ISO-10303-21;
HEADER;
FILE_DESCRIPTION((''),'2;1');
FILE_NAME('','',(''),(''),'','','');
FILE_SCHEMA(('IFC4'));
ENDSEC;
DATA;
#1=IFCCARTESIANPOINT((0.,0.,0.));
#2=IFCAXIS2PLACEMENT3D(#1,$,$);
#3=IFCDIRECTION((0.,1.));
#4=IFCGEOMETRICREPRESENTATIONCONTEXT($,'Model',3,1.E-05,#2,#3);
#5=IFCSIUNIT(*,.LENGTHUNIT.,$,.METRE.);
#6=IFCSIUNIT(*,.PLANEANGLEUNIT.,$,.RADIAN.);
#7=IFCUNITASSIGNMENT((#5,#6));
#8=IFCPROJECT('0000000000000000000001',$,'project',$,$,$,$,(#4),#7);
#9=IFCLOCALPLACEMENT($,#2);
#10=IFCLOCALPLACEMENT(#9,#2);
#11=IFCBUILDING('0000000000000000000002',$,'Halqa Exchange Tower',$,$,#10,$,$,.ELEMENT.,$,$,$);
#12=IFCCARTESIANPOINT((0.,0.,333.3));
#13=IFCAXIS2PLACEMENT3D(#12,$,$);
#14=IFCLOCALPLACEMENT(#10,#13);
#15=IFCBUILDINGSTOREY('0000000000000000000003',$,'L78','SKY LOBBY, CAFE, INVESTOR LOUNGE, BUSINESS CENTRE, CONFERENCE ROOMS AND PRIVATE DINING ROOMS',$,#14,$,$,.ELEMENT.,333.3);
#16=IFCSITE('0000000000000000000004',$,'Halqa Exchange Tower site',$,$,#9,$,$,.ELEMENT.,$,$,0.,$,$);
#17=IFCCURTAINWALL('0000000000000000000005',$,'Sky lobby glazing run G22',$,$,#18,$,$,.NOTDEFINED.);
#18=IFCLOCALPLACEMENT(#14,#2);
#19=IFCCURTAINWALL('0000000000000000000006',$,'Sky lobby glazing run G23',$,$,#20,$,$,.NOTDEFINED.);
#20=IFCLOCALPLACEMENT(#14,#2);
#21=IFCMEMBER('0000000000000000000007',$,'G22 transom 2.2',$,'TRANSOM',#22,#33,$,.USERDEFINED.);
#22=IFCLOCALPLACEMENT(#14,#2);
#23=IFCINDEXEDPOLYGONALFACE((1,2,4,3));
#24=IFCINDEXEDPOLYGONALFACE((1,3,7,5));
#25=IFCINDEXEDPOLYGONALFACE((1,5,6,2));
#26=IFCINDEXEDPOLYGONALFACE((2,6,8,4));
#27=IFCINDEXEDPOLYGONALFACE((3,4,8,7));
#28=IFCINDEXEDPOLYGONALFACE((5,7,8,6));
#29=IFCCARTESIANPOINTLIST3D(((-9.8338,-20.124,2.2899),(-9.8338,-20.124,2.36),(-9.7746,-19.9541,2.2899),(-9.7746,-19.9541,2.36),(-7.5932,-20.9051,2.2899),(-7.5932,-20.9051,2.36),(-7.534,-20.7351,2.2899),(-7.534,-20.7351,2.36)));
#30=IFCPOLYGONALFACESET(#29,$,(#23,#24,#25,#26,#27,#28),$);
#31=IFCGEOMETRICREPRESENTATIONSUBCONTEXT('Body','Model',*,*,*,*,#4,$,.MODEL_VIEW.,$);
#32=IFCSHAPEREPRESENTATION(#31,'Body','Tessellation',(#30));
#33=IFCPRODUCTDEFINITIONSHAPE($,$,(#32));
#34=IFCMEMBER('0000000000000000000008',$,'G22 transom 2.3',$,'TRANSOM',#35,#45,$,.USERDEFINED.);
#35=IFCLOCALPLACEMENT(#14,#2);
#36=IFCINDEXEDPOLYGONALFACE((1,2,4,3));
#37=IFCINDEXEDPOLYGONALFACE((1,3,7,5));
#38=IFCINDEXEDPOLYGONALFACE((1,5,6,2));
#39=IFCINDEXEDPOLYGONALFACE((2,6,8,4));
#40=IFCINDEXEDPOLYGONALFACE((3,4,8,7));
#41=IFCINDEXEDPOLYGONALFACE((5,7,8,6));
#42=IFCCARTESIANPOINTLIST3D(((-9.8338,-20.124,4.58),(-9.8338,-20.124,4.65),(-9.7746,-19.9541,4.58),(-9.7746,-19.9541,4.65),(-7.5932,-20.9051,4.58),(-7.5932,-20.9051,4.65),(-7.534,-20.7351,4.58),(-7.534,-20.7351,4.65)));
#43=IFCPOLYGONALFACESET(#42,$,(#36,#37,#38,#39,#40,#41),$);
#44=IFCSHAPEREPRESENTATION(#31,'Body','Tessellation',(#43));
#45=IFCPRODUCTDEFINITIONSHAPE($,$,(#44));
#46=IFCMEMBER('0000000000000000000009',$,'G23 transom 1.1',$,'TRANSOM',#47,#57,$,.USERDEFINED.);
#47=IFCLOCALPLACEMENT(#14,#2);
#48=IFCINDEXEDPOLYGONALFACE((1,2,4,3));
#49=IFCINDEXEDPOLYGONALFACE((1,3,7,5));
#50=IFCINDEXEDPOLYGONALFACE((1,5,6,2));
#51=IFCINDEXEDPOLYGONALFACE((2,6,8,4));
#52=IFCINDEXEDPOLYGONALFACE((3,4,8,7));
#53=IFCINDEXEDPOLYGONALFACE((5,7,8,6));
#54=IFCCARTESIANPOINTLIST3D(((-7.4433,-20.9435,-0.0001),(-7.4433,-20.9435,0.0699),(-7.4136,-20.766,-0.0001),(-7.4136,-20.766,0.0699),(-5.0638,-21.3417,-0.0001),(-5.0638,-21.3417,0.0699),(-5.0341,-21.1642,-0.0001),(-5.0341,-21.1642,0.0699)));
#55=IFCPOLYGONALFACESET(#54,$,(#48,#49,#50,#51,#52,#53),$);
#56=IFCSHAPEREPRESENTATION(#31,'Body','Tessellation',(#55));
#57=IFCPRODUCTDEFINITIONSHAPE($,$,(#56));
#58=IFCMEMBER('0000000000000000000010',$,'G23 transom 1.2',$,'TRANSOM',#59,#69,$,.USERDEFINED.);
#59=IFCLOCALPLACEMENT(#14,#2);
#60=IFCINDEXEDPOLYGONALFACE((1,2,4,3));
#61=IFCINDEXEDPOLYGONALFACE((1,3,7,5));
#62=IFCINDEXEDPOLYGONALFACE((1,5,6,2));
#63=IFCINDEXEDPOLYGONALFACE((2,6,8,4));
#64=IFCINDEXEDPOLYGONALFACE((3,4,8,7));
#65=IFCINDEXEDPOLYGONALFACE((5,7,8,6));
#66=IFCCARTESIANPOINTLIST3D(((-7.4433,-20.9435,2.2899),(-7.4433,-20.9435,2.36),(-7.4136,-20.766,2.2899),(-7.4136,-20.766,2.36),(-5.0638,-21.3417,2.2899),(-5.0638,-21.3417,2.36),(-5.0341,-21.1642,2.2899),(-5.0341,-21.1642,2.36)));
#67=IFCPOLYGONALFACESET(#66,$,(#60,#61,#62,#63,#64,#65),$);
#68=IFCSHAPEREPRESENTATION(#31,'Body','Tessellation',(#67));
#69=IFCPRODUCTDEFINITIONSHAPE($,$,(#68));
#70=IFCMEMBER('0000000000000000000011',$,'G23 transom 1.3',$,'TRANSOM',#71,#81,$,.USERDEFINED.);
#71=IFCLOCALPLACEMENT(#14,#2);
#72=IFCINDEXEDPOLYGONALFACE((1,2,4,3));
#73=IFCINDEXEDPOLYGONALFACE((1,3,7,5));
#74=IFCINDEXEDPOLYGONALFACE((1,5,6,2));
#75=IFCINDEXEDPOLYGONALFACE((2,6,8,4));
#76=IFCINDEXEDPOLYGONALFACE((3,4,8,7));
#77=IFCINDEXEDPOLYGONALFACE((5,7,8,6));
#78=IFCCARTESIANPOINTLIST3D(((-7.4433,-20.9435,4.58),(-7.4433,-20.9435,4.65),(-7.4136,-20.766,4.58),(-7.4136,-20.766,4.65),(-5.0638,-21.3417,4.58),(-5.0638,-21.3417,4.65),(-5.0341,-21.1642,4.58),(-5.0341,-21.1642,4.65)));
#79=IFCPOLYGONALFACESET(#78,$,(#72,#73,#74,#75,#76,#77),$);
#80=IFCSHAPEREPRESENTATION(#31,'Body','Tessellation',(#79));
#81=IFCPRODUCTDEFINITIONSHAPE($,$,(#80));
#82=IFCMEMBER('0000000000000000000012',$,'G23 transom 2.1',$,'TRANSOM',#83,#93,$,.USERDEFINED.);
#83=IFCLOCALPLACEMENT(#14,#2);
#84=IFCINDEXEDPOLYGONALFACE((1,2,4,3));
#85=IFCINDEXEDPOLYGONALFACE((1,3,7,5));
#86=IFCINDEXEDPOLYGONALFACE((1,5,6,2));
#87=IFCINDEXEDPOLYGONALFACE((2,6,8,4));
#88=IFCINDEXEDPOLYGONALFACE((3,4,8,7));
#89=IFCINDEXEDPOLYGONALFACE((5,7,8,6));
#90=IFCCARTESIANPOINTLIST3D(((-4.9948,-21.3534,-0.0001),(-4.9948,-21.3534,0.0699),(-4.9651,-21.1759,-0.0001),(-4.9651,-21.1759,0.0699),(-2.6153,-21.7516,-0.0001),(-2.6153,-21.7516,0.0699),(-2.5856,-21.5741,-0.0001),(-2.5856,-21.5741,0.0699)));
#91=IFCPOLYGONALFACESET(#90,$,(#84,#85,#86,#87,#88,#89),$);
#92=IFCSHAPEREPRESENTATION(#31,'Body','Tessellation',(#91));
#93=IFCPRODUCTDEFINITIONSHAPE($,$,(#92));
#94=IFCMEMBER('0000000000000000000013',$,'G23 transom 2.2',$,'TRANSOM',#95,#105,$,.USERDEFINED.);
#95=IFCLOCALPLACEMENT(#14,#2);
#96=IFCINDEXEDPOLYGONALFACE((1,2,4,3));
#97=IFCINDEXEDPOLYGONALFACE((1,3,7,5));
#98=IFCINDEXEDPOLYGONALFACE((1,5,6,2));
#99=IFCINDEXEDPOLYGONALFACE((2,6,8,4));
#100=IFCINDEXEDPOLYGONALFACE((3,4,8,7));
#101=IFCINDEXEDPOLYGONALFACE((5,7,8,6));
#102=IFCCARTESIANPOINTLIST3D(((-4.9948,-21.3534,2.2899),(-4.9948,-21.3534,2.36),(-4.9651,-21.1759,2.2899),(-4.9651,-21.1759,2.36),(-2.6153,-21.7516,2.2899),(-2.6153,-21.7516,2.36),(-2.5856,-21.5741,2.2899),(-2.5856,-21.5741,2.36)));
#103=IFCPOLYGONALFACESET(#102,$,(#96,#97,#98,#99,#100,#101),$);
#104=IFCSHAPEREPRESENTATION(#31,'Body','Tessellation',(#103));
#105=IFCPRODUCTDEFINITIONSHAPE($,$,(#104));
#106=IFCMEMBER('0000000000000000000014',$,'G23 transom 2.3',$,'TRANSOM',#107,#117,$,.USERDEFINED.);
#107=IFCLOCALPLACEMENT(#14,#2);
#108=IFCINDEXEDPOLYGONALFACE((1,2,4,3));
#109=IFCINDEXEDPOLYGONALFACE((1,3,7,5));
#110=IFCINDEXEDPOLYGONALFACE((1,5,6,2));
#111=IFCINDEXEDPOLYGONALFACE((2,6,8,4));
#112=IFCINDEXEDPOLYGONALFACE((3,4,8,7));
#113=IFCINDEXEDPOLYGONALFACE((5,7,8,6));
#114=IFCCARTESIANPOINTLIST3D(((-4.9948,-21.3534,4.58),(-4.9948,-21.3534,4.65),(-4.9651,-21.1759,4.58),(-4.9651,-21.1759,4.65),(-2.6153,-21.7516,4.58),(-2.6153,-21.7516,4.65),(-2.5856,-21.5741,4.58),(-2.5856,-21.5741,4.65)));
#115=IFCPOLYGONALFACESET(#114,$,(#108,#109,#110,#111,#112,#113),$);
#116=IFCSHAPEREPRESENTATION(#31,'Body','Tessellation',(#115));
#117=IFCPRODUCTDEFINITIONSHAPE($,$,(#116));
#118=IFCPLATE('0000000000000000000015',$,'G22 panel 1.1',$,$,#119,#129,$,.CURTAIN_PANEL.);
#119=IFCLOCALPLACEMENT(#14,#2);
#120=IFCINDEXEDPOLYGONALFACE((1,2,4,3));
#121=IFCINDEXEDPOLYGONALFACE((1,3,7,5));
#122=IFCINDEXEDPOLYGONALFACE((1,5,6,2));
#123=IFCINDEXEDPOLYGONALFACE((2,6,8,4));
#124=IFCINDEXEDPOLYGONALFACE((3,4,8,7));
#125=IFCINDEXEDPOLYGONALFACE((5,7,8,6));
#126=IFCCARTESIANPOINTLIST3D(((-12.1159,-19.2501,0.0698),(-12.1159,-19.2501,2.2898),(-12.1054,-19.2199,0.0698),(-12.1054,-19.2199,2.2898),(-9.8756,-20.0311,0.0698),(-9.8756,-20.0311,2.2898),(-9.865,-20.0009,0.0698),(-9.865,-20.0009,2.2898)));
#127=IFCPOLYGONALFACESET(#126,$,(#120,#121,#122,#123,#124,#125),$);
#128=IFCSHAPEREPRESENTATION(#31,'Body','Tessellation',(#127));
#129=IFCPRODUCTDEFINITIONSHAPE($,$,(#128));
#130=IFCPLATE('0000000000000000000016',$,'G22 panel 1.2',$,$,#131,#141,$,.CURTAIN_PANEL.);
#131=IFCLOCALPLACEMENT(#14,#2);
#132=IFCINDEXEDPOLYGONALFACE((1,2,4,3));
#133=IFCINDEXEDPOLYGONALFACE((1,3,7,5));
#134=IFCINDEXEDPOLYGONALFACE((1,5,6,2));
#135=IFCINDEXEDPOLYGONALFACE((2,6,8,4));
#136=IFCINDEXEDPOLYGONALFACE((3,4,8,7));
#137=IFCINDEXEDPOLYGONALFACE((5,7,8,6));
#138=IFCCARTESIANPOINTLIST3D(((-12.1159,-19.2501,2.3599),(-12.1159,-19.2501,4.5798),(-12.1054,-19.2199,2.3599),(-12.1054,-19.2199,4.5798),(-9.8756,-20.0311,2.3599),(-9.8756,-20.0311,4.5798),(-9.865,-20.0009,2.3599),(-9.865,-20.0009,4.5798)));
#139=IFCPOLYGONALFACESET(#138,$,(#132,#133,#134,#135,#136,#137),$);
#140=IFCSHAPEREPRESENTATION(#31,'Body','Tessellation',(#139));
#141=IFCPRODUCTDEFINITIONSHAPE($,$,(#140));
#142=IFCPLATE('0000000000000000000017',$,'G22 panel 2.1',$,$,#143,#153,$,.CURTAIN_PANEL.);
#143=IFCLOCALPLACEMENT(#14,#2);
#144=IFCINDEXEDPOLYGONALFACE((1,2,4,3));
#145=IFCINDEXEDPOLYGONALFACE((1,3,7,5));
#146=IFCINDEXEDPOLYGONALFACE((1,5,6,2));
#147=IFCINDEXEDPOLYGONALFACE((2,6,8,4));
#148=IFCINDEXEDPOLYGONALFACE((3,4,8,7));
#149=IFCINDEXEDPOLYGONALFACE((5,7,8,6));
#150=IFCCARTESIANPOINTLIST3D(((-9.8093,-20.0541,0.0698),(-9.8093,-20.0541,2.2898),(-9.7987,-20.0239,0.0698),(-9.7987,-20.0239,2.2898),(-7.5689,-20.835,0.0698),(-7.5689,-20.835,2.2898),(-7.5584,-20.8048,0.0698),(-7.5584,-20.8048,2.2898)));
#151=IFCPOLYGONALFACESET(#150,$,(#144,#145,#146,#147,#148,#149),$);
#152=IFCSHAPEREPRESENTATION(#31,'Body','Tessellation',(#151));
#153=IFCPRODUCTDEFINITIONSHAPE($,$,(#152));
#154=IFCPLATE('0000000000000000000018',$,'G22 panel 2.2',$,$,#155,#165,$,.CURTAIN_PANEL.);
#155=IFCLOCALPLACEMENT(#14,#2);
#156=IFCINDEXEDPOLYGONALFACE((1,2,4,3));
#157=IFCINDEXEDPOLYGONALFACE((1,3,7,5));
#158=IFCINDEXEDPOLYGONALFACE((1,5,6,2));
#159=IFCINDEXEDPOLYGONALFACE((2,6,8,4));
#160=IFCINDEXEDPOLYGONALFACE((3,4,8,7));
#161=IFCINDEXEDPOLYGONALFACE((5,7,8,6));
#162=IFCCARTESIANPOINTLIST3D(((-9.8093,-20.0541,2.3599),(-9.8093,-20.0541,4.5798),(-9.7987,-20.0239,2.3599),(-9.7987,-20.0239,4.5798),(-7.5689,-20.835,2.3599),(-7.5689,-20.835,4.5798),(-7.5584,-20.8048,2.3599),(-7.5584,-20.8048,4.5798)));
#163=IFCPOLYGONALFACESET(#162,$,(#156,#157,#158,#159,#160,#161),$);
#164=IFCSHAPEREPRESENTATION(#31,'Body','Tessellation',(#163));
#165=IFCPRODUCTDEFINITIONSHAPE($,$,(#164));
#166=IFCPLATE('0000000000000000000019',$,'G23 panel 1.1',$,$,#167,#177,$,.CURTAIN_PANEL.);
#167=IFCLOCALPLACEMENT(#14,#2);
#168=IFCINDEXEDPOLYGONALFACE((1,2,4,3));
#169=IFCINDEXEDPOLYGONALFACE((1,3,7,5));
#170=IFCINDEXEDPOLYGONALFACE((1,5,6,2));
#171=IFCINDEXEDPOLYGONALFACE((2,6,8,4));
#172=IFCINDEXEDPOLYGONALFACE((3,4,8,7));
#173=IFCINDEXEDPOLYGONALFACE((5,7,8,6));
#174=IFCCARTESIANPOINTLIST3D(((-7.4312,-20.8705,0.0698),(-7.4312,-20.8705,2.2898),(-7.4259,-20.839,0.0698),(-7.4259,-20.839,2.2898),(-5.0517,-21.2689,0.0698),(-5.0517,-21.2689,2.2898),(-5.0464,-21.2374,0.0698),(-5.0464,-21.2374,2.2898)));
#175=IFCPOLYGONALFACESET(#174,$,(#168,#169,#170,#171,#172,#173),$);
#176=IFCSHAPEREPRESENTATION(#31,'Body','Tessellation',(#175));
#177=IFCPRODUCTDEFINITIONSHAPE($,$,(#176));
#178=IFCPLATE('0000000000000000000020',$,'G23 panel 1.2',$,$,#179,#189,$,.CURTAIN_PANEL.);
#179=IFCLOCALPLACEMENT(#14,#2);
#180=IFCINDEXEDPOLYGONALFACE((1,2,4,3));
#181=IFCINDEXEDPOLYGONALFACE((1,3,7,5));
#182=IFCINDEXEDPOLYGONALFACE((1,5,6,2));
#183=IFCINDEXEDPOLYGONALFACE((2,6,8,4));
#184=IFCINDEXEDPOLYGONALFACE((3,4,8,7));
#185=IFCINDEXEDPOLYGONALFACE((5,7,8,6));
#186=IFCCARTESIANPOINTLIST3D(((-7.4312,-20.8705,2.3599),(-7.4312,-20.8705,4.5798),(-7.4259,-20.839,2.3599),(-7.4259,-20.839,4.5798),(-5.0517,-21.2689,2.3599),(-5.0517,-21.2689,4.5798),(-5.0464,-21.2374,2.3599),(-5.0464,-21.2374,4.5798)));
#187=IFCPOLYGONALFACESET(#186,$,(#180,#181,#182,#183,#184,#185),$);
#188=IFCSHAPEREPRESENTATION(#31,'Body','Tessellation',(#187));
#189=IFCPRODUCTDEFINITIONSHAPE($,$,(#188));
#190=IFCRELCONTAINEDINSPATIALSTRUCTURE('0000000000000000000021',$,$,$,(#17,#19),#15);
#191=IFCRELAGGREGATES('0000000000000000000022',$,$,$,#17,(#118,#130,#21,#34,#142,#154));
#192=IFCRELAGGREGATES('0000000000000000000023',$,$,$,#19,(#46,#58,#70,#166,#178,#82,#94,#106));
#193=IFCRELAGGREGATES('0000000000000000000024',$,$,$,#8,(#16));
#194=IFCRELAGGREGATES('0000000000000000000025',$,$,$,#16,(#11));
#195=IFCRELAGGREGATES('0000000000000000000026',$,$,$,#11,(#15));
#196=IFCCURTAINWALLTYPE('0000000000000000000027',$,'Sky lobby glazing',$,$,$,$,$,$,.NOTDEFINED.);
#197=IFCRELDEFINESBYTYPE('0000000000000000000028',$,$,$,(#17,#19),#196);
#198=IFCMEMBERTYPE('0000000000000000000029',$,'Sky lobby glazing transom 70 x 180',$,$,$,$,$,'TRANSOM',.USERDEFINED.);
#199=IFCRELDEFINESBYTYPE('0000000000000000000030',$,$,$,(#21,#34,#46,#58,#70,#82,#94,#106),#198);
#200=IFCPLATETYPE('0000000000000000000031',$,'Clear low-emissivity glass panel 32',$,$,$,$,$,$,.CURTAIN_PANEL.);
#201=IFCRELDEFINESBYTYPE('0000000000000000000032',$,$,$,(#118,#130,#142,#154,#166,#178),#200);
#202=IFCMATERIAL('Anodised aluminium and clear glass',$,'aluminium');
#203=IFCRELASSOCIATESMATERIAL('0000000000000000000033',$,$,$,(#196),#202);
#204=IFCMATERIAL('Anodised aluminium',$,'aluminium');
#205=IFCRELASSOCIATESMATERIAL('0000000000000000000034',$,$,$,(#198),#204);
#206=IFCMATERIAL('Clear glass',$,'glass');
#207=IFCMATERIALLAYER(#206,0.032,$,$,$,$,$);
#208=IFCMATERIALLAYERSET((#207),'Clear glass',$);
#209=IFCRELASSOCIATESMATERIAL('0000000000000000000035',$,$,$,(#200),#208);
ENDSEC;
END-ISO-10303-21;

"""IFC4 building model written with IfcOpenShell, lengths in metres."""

from ifc_helpers import new_model, si_unit, direction, frame, origin, origin_2d, place, context, subcontext, project, spatial, rectangle, extrude, material, layer, layer_set, material_profile, profile_set, type_object, element, aggregate, save


model = new_model("IFC4")

# Units and contexts
model_context = context("Model", 3, precision=1e-05, world=origin(), true_north=direction((0.0, 1.0)))
body_context = subcontext(model_context, "Body", "Model", "MODEL_VIEW")
ifc_project = project(units=[si_unit("LENGTHUNIT", "METRE"), si_unit("PLANEANGLEUNIT", "RADIAN")], contexts=[model_context])

# Site, building, storey
site_placement = place(None, origin())
site = spatial("IfcSite", under=ifc_project, at=site_placement, Name="Halqa Exchange Tower site", CompositionType="ELEMENT", RefElevation=0.0)
building_placement = place(site_placement, origin())
building = spatial("IfcBuilding", under=site, at=building_placement, Name="Halqa Exchange Tower", CompositionType="ELEMENT")
storey_placement = place(building_placement, frame((0.0, 0.0, 333.3)))
storey = spatial("IfcBuildingStorey", under=building, at=storey_placement, Name="L78", Description="SKY LOBBY, CAFE, INVESTOR LOUNGE, BUSINESS CENTRE, CONFERENCE ROOMS AND PRIVATE DINING ROOMS", CompositionType="ELEMENT", Elevation=333.3)

# Curtain walls
ifc_material_1 = material(Name="Anodised aluminium and clear glass", Category="aluminium")
curtain_wall_type = type_object("IfcCurtainWallType", Name="Sky lobby glazing", PredefinedType="NOTDEFINED", material=ifc_material_1)
curtain_wall_1_placement = place(storey_placement, origin())
curtain_wall_1 = element("IfcCurtainWall", 1, at=curtain_wall_1_placement, inside=storey, type_object=curtain_wall_type, Name="Sky lobby glazing run G22", PredefinedType="NOTDEFINED")
ifc_material_2 = material(Name="Anodised aluminium", Category="aluminium")
curtain_wall_2_placement = place(storey_placement, origin())
curtain_wall_2 = element("IfcCurtainWall", 2, at=curtain_wall_2_placement, inside=storey, type_object=curtain_wall_type, Name="Sky lobby glazing run G23", PredefinedType="NOTDEFINED")

# Members
ifc_material_profile_1 = material_profile(ifc_material_2, rectangle(XDim=0.1799, YDim=0.0701, at=origin_2d()), Name="AL 70x180")
ifc_profile_set_1 = profile_set([ifc_material_profile_1], Name="Anodised aluminium")
member_type_1 = type_object("IfcMemberType", Name="Sky lobby glazing transom 70 x 180", ElementType="TRANSOM", PredefinedType="USERDEFINED", material=ifc_profile_set_1)
member_1_placement = place(storey_placement, frame((-9.8042, -20.0391, 2.325), z_axis=(0.944273, -0.329163, 0.0), x_axis=(0.329163, 0.944273, 0.0)))
member_1 = element("IfcMember", 3, at=member_1_placement, type_object=member_type_1, Name="G22 transom 2.2", ObjectType="TRANSOM", PredefinedType="USERDEFINED", context=body_context, shape_type="SweptSolid", body=[
    extrude(rectangle(XDim=0.1799, YDim=0.0701, at=origin_2d()), origin(), (0.0, 0.0, 1.0), 2.3728),
])
member_2_placement = place(storey_placement, frame((-9.8042, -20.0391, 4.615), z_axis=(0.944273, -0.329163, 0.0), x_axis=(0.329163, 0.944273, 0.0)))
member_2 = element("IfcMember", 4, at=member_2_placement, type_object=member_type_1, Name="G22 transom 2.3", ObjectType="TRANSOM", PredefinedType="USERDEFINED", context=body_context, shape_type="SweptSolid", body=[
    extrude(rectangle(XDim=0.1799, YDim=0.0701, at=origin_2d()), origin(), (0.0, 0.0, 1.0), 2.3728),
])
member_3_placement = place(storey_placement, frame((-7.4285, -20.8547, 0.0349), z_axis=(0.986284, -0.165055, 0.0), x_axis=(0.165055, 0.986284, 0.0)))
member_3 = element("IfcMember", 5, at=member_3_placement, type_object=member_type_1, Name="G23 transom 1.1", ObjectType="TRANSOM", PredefinedType="USERDEFINED", context=body_context, shape_type="SweptSolid", body=[
    extrude(rectangle(XDim=0.1799, YDim=0.0701, at=origin_2d()), origin(), (0.0, 0.0, 1.0), 2.4126),
])
member_4_placement = place(storey_placement, frame((-7.4285, -20.8547, 2.325), z_axis=(0.986284, -0.165055, 0.0), x_axis=(0.165055, 0.986284, 0.0)))
member_4 = element("IfcMember", 6, at=member_4_placement, type_object=member_type_1, Name="G23 transom 1.2", ObjectType="TRANSOM", PredefinedType="USERDEFINED", context=body_context, shape_type="SweptSolid", body=[
    extrude(rectangle(XDim=0.1799, YDim=0.0701, at=origin_2d()), origin(), (0.0, 0.0, 1.0), 2.4126),
])
member_5_placement = place(storey_placement, frame((-7.4285, -20.8547, 4.615), z_axis=(0.986284, -0.165055, 0.0), x_axis=(0.165055, 0.986284, 0.0)))
member_5 = element("IfcMember", 7, at=member_5_placement, type_object=member_type_1, Name="G23 transom 1.3", ObjectType="TRANSOM", PredefinedType="USERDEFINED", context=body_context, shape_type="SweptSolid", body=[
    extrude(rectangle(XDim=0.1799, YDim=0.0701, at=origin_2d()), origin(), (0.0, 0.0, 1.0), 2.4126),
])
member_6_placement = place(storey_placement, frame((-4.98, -21.2646, 0.0349), z_axis=(0.986284, -0.165055, 0.0), x_axis=(0.165055, 0.986284, 0.0)))
member_6 = element("IfcMember", 8, at=member_6_placement, type_object=member_type_1, Name="G23 transom 2.1", ObjectType="TRANSOM", PredefinedType="USERDEFINED", context=body_context, shape_type="SweptSolid", body=[
    extrude(rectangle(XDim=0.1799, YDim=0.0701, at=origin_2d()), origin(), (0.0, 0.0, 1.0), 2.4126),
])
member_7_placement = place(storey_placement, frame((-4.98, -21.2646, 2.325), z_axis=(0.986284, -0.165055, 0.0), x_axis=(0.165055, 0.986284, 0.0)))
member_7 = element("IfcMember", 9, at=member_7_placement, type_object=member_type_1, Name="G23 transom 2.2", ObjectType="TRANSOM", PredefinedType="USERDEFINED", context=body_context, shape_type="SweptSolid", body=[
    extrude(rectangle(XDim=0.1799, YDim=0.0701, at=origin_2d()), origin(), (0.0, 0.0, 1.0), 2.4126),
])
member_8_placement = place(storey_placement, frame((-4.98, -21.2646, 4.615), z_axis=(0.986284, -0.165055, 0.0), x_axis=(0.165055, 0.986284, 0.0)))
member_8 = element("IfcMember", 10, at=member_8_placement, type_object=member_type_1, Name="G23 transom 2.3", ObjectType="TRANSOM", PredefinedType="USERDEFINED", context=body_context, shape_type="SweptSolid", body=[
    extrude(rectangle(XDim=0.1799, YDim=0.0701, at=origin_2d()), origin(), (0.0, 0.0, 1.0), 2.4126),
])

# Plates
ifc_material_3 = material(Name="Clear glass", Category="glass")
ifc_layer_1 = layer(ifc_material_3, 0.032)
ifc_layer_set_1 = layer_set([ifc_layer_1], Name="Clear glass")
plate_type = type_object("IfcPlateType", Name="Clear low-emissivity glass panel 32", PredefinedType="CURTAIN_PANEL", material=ifc_layer_set_1)
plate_1_placement = place(storey_placement, frame((-10.9905, -19.6255, 0.0698), z_axis=(0.0, 0.0, 1.0), x_axis=(0.944274, -0.32916, 0.0)))
plate_1 = element("IfcPlate", 11, at=plate_1_placement, type_object=plate_type, Name="G22 panel 1.1", PredefinedType="CURTAIN_PANEL", context=body_context, shape_type="SweptSolid", body=[
    extrude(rectangle(XDim=2.3726, YDim=0.032, at=origin_2d()), origin(), (0.0, 0.0, 1.0), 2.22),
])
plate_2_placement = place(storey_placement, frame((-10.9905, -19.6255, 2.3599), z_axis=(0.0, 0.0, 1.0), x_axis=(0.944274, -0.32916, 0.0)))
plate_2 = element("IfcPlate", 12, at=plate_2_placement, type_object=plate_type, Name="G22 panel 1.2", PredefinedType="CURTAIN_PANEL", context=body_context, shape_type="SweptSolid", body=[
    extrude(rectangle(XDim=2.3726, YDim=0.032, at=origin_2d()), origin(), (0.0, 0.0, 1.0), 2.22),
])
plate_3_placement = place(storey_placement, frame((-8.6838, -20.4294, 0.0698), z_axis=(0.0, 0.0, 1.0), x_axis=(0.944274, -0.32916, 0.0)))
plate_3 = element("IfcPlate", 13, at=plate_3_placement, type_object=plate_type, Name="G22 panel 2.1", PredefinedType="CURTAIN_PANEL", context=body_context, shape_type="SweptSolid", body=[
    extrude(rectangle(XDim=2.3726, YDim=0.032, at=origin_2d()), origin(), (0.0, 0.0, 1.0), 2.22),
])
plate_4_placement = place(storey_placement, frame((-8.6838, -20.4294, 2.3599), z_axis=(0.0, 0.0, 1.0), x_axis=(0.944274, -0.32916, 0.0)))
plate_4 = element("IfcPlate", 14, at=plate_4_placement, type_object=plate_type, Name="G22 panel 2.2", PredefinedType="CURTAIN_PANEL", context=body_context, shape_type="SweptSolid", body=[
    extrude(rectangle(XDim=2.3726, YDim=0.032, at=origin_2d()), origin(), (0.0, 0.0, 1.0), 2.22),
])
aggregate(curtain_wall_1, [plate_1, plate_2, member_1, member_2, plate_3, plate_4])
plate_5_placement = place(storey_placement, frame((-6.2388, -21.054, 0.0698), z_axis=(0.0, 0.0, 1.0), x_axis=(0.986274, -0.165117, 0.0)))
plate_5 = element("IfcPlate", 15, at=plate_5_placement, type_object=plate_type, Name="G23 panel 1.1", PredefinedType="CURTAIN_PANEL", context=body_context, shape_type="SweptSolid", body=[
    extrude(rectangle(XDim=2.4126, YDim=0.032, at=origin_2d()), origin(), (0.0, 0.0, 1.0), 2.22),
])
plate_6_placement = place(storey_placement, frame((-6.2388, -21.054, 2.3599), z_axis=(0.0, 0.0, 1.0), x_axis=(0.986274, -0.165117, 0.0)))
plate_6 = element("IfcPlate", 16, at=plate_6_placement, type_object=plate_type, Name="G23 panel 1.2", PredefinedType="CURTAIN_PANEL", context=body_context, shape_type="SweptSolid", body=[
    extrude(rectangle(XDim=2.4126, YDim=0.032, at=origin_2d()), origin(), (0.0, 0.0, 1.0), 2.22),
])
aggregate(curtain_wall_2, [member_3, member_4, member_5, plate_5, plate_6, member_6, member_7, member_8])

save(model, "model.ifc")
